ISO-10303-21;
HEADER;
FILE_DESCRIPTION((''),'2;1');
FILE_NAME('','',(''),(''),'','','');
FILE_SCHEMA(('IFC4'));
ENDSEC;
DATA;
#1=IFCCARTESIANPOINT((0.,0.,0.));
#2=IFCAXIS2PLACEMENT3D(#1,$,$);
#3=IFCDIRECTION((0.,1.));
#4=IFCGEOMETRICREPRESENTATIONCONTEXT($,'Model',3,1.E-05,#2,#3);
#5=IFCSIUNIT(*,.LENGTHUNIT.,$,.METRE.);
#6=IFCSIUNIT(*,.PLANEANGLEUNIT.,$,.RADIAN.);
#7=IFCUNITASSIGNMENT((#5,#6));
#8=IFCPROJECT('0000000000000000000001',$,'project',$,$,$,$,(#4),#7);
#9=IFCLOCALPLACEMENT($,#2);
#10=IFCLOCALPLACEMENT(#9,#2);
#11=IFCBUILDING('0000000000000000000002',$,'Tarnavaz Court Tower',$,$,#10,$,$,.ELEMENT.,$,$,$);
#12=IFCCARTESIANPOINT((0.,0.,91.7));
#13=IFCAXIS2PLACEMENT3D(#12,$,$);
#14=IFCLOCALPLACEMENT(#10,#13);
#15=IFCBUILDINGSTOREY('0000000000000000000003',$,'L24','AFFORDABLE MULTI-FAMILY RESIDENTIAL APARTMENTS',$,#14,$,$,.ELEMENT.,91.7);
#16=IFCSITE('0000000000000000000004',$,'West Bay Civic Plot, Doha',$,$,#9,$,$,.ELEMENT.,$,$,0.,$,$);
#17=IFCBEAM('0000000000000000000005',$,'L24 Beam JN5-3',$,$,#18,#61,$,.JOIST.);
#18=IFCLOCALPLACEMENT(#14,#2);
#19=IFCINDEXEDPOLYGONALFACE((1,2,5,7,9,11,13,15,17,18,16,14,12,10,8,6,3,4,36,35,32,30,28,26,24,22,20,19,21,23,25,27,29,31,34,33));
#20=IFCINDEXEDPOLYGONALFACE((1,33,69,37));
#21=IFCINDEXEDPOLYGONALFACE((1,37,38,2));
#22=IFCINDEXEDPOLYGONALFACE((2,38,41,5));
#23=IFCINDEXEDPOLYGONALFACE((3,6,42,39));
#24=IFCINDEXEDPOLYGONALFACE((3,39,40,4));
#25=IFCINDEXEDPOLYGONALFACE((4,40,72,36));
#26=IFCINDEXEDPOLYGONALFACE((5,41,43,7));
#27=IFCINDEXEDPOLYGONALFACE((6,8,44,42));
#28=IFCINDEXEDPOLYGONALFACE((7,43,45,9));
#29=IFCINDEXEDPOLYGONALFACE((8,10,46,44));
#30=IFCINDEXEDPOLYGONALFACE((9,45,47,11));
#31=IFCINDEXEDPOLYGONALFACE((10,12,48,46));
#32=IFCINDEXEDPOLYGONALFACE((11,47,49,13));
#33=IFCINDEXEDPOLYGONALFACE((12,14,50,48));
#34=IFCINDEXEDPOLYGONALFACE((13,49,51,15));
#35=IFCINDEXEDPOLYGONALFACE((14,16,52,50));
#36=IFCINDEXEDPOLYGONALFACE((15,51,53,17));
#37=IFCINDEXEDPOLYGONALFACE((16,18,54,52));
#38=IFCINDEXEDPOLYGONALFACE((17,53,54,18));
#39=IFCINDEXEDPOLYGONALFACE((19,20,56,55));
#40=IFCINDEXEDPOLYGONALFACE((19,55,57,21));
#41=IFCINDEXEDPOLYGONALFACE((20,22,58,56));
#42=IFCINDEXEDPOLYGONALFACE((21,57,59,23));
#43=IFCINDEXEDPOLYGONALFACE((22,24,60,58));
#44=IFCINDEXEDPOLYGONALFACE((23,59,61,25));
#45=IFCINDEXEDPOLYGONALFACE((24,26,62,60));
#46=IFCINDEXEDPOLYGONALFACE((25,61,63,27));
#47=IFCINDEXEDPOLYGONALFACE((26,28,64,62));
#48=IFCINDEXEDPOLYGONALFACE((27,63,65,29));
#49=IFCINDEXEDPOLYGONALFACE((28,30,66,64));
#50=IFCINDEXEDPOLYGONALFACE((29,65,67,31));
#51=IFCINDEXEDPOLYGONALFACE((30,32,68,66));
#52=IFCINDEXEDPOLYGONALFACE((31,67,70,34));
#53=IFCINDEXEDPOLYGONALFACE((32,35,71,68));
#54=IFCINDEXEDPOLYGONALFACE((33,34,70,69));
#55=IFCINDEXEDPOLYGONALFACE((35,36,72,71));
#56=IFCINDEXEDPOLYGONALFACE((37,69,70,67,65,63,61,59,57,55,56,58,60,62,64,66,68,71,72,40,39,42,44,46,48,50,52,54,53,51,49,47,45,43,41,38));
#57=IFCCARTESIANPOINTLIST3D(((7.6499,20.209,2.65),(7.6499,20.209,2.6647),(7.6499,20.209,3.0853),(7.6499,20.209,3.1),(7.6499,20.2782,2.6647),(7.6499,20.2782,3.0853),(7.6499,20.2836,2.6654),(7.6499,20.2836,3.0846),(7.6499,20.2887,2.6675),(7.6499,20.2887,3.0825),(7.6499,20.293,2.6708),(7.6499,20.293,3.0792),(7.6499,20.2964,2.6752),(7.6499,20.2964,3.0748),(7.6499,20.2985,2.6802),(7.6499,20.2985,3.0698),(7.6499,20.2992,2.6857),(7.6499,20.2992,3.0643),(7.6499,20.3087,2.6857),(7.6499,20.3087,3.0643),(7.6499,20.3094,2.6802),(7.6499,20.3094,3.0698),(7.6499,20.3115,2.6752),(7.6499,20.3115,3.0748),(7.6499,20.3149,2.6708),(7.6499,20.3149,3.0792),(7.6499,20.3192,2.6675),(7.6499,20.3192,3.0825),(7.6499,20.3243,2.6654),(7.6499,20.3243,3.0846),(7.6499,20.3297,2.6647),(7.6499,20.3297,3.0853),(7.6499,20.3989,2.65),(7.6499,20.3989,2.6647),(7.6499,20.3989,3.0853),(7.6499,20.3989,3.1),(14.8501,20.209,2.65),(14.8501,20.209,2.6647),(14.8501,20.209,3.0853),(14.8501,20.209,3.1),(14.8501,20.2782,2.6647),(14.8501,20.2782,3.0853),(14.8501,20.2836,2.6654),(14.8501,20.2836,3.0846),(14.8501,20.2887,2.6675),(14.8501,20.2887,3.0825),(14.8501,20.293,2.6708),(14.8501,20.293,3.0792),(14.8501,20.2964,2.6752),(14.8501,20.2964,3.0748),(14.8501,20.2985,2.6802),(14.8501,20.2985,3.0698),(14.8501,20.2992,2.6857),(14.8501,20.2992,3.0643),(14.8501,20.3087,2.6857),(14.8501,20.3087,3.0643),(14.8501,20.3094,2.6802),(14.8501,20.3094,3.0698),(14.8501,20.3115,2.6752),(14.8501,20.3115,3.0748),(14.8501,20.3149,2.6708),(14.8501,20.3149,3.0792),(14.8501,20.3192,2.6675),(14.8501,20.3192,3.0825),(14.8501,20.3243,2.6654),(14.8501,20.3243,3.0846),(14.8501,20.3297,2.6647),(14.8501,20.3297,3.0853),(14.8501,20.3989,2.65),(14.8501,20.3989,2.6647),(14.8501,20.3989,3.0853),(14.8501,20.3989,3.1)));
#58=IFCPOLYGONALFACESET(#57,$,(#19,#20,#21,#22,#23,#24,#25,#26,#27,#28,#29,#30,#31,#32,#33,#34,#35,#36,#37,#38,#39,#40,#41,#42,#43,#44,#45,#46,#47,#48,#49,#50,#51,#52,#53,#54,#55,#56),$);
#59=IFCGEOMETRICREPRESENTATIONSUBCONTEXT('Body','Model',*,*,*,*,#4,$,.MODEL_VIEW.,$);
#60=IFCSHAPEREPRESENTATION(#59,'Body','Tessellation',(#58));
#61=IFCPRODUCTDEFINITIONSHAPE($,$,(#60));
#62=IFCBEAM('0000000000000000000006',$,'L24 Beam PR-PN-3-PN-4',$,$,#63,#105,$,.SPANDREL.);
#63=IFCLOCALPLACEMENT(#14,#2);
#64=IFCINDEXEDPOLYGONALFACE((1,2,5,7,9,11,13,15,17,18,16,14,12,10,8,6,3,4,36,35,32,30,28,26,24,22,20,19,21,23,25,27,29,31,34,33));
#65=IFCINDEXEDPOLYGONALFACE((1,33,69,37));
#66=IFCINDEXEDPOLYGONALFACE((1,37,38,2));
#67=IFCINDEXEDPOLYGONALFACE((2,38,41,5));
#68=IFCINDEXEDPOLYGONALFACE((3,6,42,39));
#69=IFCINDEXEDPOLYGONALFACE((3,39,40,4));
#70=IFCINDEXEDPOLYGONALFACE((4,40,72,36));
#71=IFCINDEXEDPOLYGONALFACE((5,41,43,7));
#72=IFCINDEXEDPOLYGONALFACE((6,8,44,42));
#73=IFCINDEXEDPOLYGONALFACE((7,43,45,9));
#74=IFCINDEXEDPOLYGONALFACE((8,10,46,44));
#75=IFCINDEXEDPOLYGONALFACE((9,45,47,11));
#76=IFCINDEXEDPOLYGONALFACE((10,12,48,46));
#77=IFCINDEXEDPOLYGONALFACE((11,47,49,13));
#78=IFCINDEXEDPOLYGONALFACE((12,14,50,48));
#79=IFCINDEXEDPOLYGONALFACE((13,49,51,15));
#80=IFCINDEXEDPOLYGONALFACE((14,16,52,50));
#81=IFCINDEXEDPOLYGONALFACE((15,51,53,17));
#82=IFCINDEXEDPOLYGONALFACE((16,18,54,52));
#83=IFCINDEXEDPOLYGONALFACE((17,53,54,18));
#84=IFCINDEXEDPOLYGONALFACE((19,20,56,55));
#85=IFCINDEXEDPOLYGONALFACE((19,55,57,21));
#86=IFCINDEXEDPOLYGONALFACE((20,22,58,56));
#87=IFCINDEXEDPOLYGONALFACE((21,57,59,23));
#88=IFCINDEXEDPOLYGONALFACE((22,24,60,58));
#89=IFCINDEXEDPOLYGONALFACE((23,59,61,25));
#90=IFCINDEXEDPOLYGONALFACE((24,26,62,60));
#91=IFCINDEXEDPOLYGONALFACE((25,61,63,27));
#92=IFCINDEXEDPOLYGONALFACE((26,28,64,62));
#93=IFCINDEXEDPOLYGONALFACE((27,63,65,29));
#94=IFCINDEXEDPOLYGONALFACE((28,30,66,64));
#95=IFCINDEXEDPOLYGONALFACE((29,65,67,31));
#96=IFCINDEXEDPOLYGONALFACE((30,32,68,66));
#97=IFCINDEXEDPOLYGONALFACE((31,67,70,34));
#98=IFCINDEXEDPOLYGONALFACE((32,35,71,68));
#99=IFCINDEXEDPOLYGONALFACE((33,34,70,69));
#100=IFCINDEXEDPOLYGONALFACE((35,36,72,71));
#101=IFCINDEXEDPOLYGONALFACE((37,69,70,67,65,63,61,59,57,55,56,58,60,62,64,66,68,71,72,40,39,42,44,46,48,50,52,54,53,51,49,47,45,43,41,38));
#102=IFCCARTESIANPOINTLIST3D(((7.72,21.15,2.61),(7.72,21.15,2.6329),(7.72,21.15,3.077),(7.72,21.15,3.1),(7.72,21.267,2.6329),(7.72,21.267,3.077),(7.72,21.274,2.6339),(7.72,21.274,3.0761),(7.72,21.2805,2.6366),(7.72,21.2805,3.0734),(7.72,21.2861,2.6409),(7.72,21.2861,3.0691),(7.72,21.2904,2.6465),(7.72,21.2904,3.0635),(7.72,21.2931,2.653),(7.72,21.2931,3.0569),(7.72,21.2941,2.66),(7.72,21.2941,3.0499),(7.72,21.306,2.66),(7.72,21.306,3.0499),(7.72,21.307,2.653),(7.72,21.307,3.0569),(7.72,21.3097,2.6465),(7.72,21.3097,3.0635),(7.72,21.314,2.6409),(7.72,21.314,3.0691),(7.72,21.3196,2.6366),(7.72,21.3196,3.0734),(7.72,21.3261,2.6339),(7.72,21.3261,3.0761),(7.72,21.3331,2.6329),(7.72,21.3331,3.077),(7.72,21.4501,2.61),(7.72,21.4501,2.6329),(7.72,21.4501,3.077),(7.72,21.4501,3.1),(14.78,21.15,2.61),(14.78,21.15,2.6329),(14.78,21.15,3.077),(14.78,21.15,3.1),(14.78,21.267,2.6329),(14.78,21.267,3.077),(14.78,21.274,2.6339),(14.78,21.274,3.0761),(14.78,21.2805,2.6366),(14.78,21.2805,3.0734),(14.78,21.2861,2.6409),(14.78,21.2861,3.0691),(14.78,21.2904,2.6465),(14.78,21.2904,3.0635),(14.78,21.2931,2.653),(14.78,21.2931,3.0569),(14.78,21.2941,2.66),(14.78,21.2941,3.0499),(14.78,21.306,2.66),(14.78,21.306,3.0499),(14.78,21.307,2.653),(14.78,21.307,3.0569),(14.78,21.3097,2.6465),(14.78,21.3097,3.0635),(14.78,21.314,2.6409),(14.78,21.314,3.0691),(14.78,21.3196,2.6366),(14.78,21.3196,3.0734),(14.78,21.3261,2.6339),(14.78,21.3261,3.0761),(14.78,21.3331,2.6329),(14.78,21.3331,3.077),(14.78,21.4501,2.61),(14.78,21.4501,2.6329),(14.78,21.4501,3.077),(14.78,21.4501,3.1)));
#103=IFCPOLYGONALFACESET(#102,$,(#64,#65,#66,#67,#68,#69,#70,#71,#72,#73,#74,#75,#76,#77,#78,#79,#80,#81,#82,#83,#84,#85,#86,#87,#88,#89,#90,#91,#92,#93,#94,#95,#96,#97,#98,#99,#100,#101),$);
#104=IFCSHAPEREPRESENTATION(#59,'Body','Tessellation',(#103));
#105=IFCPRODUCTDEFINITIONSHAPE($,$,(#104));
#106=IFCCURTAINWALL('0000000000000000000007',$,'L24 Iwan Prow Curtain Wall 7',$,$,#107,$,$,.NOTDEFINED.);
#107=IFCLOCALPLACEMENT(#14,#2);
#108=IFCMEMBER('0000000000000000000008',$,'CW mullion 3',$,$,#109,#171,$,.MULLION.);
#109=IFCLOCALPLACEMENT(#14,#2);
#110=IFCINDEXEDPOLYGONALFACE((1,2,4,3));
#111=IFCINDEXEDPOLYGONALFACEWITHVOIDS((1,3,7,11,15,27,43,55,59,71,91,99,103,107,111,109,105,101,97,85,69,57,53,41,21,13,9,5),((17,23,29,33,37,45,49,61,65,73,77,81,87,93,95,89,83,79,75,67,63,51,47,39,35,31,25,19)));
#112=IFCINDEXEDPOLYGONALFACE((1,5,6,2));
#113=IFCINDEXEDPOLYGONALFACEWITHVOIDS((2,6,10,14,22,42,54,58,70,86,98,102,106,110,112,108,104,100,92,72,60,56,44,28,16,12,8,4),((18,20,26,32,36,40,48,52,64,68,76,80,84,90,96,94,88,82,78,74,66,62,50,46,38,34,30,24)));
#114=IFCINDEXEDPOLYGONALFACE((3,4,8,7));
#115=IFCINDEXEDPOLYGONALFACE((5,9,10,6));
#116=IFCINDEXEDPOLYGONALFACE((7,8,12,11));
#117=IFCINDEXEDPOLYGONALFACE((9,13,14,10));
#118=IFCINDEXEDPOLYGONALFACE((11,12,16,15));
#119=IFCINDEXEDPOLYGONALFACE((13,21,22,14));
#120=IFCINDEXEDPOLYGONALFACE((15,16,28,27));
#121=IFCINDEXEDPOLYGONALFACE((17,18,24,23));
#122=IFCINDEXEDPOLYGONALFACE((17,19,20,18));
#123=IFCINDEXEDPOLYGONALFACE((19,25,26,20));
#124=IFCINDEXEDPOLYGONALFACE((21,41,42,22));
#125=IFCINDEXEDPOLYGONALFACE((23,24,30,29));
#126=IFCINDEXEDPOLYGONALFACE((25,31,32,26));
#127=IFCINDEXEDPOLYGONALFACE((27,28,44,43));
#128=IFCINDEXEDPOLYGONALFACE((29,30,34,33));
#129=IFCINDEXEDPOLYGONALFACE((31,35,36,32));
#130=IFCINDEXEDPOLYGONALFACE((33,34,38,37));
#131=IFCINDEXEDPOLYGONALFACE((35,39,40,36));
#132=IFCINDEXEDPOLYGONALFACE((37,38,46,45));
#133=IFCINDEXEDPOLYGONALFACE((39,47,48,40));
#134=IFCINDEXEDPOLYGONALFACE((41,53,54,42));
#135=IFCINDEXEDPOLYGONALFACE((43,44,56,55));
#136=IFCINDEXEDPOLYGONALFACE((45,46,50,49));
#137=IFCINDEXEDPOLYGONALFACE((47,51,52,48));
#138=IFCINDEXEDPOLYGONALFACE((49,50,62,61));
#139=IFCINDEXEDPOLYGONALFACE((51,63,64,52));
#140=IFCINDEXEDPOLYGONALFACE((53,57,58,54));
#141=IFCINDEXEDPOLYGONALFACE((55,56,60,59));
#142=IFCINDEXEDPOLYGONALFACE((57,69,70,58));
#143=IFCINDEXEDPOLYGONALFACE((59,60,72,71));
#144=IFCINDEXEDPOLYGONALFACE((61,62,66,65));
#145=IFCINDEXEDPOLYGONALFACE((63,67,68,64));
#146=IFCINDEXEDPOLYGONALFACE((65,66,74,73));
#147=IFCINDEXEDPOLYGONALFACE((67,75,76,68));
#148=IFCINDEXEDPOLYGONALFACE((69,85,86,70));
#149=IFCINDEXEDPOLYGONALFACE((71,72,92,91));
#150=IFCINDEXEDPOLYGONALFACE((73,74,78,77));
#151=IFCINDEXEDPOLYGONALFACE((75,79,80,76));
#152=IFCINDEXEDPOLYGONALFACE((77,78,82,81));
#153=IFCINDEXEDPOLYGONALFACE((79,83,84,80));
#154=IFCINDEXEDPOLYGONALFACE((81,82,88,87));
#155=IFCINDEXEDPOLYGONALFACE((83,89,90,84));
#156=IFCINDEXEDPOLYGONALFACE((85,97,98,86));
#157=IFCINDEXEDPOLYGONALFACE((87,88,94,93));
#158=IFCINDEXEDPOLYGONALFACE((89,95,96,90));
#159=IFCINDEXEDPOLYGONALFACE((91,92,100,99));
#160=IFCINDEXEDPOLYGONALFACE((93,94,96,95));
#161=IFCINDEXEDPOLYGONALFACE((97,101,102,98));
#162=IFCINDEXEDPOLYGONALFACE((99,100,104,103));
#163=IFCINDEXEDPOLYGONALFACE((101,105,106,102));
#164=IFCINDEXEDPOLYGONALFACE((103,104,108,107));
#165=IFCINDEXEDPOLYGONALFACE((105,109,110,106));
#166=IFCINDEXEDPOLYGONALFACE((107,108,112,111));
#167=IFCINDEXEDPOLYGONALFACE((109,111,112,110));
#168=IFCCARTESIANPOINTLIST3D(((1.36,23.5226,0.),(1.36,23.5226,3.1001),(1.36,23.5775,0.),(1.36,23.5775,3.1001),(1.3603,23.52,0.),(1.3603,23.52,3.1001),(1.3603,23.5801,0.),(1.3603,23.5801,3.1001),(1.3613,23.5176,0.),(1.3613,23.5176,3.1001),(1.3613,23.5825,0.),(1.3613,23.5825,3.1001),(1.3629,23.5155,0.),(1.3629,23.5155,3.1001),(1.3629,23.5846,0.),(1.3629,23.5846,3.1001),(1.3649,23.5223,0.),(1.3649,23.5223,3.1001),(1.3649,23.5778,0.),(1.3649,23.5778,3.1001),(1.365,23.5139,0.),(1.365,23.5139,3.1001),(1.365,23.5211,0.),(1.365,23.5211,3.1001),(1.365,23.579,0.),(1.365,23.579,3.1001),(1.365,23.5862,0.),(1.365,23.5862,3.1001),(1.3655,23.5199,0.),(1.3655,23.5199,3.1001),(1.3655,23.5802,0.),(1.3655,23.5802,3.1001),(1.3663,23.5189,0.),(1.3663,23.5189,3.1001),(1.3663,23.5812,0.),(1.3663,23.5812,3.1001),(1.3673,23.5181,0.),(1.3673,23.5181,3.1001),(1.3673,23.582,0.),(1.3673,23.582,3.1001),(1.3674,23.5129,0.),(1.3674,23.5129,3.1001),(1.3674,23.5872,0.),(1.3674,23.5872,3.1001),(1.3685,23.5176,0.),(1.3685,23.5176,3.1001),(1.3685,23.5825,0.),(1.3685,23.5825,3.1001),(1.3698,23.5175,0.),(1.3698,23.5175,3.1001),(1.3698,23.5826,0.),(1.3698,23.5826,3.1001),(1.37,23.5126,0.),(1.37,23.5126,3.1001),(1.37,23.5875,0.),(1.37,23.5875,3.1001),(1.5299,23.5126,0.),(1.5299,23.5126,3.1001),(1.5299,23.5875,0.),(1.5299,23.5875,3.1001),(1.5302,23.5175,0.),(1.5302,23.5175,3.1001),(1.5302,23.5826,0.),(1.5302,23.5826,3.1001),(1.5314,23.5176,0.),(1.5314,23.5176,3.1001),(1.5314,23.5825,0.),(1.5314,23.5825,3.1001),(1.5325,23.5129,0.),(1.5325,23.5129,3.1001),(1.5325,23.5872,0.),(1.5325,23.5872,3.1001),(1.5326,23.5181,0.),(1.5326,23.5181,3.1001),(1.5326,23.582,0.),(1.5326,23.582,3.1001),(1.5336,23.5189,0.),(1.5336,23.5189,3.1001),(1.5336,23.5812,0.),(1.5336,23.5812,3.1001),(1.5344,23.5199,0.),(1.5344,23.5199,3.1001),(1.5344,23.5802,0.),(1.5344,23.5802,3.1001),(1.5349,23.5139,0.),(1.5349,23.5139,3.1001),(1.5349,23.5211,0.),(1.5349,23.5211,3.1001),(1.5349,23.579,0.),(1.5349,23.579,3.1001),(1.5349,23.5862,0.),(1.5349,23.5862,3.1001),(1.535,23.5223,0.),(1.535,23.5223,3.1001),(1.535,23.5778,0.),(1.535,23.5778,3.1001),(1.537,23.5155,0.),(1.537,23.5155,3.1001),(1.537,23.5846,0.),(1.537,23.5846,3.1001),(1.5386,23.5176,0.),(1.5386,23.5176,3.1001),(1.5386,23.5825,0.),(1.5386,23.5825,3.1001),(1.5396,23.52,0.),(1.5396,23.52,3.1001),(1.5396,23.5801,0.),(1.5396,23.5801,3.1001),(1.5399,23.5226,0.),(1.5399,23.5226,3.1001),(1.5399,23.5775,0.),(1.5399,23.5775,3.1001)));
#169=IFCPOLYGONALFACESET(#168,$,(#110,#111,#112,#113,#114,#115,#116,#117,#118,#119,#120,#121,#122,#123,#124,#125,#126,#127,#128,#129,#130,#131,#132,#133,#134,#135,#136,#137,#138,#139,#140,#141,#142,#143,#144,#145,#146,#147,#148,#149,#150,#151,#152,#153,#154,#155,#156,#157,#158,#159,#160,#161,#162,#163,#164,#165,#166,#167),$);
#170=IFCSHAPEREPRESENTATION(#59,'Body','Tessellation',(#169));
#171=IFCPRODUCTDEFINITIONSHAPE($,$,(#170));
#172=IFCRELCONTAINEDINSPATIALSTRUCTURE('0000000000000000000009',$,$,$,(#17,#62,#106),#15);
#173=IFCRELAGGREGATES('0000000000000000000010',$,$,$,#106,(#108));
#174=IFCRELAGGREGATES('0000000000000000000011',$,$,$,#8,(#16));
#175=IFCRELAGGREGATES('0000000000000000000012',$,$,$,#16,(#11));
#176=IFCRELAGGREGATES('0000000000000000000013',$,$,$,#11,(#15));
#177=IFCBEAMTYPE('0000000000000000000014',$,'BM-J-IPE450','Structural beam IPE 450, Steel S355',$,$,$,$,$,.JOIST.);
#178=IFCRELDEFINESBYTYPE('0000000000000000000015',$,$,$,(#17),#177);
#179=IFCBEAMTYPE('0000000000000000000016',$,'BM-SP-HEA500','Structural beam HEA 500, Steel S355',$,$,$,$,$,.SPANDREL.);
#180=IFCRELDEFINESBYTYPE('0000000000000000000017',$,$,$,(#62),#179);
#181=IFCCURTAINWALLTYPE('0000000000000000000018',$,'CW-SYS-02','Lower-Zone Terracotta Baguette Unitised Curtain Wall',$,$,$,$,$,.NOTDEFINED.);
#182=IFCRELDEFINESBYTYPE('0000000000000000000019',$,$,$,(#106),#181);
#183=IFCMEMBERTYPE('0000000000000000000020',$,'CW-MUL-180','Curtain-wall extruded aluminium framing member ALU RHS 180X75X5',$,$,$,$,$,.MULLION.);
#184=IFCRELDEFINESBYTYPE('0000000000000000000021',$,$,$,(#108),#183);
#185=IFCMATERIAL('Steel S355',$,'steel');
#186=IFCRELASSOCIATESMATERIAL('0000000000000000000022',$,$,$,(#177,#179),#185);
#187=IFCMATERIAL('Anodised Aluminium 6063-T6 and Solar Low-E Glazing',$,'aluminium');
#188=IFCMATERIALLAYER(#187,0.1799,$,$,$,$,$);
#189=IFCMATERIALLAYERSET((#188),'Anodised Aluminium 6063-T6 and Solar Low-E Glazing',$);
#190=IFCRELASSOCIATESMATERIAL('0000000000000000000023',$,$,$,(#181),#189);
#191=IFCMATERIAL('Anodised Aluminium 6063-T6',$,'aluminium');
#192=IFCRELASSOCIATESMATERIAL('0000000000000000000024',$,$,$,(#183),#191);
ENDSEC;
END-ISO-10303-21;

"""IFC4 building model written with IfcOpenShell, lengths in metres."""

from ifc_helpers import new_model, si_unit, direction, frame, origin, origin_2d, place, context, subcontext, project, spatial, hollow_rectangle, i_section, extrude, material, layer, layer_set, material_profile, profile_set, type_object, element, aggregate, save


model = new_model("IFC4")

# Units and contexts
model_context = context("Model", 3, precision=1e-05, world=origin(), true_north=direction((0.0, 1.0)))
body_context = subcontext(model_context, "Body", "Model", "MODEL_VIEW")
ifc_project = project(units=[si_unit("LENGTHUNIT", "METRE"), si_unit("PLANEANGLEUNIT", "RADIAN")], contexts=[model_context])

# Site, building, storey
site_placement = place(None, origin())
site = spatial("IfcSite", under=ifc_project, at=site_placement, Name="West Bay Civic Plot, Doha", CompositionType="ELEMENT", RefElevation=0.0)
building_placement = place(site_placement, origin())
building = spatial("IfcBuilding", under=site, at=building_placement, Name="Tarnavaz Court Tower", CompositionType="ELEMENT")
storey_placement = place(building_placement, frame((0.0, 0.0, 91.7)))
storey = spatial("IfcBuildingStorey", under=building, at=storey_placement, Name="L24", Description="AFFORDABLE MULTI-FAMILY RESIDENTIAL APARTMENTS", CompositionType="ELEMENT", Elevation=91.7)

# Beams
ifc_material_1 = material(Name="Steel S355", Category="steel")
ifc_material_profile_1 = material_profile(ifc_material_1, i_section(OverallWidth=0.1899, OverallDepth=0.45, WebThickness=0.0095, FlangeThickness=0.0146, FilletRadius=0.021, at=origin_2d()), Name="IPE 450")
ifc_profile_set_1 = profile_set([ifc_material_profile_1], Name="Steel S355")
beam_type_1 = type_object("IfcBeamType", Name="BM-J-IPE450", Description="Structural beam IPE 450, Steel S355", PredefinedType="JOIST", material=ifc_profile_set_1)
for number, where, z_axis, x_axis, name in (
    (1, (7.6499, 20.304, 2.875), (1.0, 0.0, 0.0), (0.0, 1.0, 0.0), "L24 Beam JN5-3"),
):
    element("IfcBeam", number, at=place(storey_placement, frame(where, z_axis=z_axis, x_axis=x_axis)), inside=storey, type_object=beam_type_1, Name=name, PredefinedType="JOIST", context=body_context, shape_type="SweptSolid", body=[
        extrude(i_section(OverallWidth=0.1899, OverallDepth=0.45, WebThickness=0.0095, FlangeThickness=0.0146, FilletRadius=0.021, at=origin_2d()), origin(), (0.0, 0.0, 1.0), 7.2002),
    ])
ifc_material_profile_2 = material_profile(ifc_material_1, i_section(OverallWidth=0.3, OverallDepth=0.49, WebThickness=0.012, FlangeThickness=0.0229, FilletRadius=0.0271, at=origin_2d()), Name="HEA 500")
ifc_profile_set_2 = profile_set([ifc_material_profile_2], Name="Steel S355")
beam_type_2 = type_object("IfcBeamType", Name="BM-SP-HEA500", Description="Structural beam HEA 500, Steel S355", PredefinedType="SPANDREL", material=ifc_profile_set_2)
beam_placement = place(storey_placement, frame((7.72, 21.3, 2.855), z_axis=(1.0, 0.0, 0.0), x_axis=(0.0, 1.0, 0.0)))
element("IfcBeam", 2, at=beam_placement, inside=storey, type_object=beam_type_2, Name="L24 Beam PR-PN-3-PN-4", PredefinedType="SPANDREL", context=body_context, shape_type="SweptSolid", body=[
    extrude(i_section(OverallWidth=0.3, OverallDepth=0.49, WebThickness=0.012, FlangeThickness=0.0229, FilletRadius=0.0271, at=origin_2d()), origin(), (0.0, 0.0, 1.0), 7.0601),
])

# Curtain wall, member
ifc_material_2 = material(Name="Anodised Aluminium 6063-T6 and Solar Low-E Glazing", Category="aluminium")
ifc_layer_1 = layer(ifc_material_2, 0.1799)
ifc_layer_set_1 = layer_set([ifc_layer_1], Name="Anodised Aluminium 6063-T6 and Solar Low-E Glazing")
curtain_wall_type = type_object("IfcCurtainWallType", Name="CW-SYS-02", Description="Lower-Zone Terracotta Baguette Unitised Curtain Wall", PredefinedType="NOTDEFINED", material=ifc_layer_set_1)
curtain_wall_placement = place(storey_placement, origin())
curtain_wall = element("IfcCurtainWall", 3, at=curtain_wall_placement, inside=storey, type_object=curtain_wall_type, Name="L24 Iwan Prow Curtain Wall 7", PredefinedType="NOTDEFINED")
ifc_material_3 = material(Name="Anodised Aluminium 6063-T6", Category="aluminium")
ifc_material_profile_3 = material_profile(ifc_material_3, hollow_rectangle(XDim=0.075, YDim=0.1799, WallThickness=0.0049, InnerFilletRadius=0.0049, OuterFilletRadius=0.01, at=origin_2d()), Name="ALU RHS 180X75X5")
ifc_profile_set_3 = profile_set([ifc_material_profile_3], Name="Anodised Aluminium 6063-T6")
member_type_1 = type_object("IfcMemberType", Name="CW-MUL-180", Description="Curtain-wall extruded aluminium framing member ALU RHS 180X75X5", PredefinedType="MULLION", material=ifc_profile_set_3)
member_1_placement = place(storey_placement, frame((1.45, 23.55, 0.0), z_axis=(0.0, 0.0, 1.0), x_axis=(0.0, 1.0, 0.0)))
member_1 = element("IfcMember", 4, at=member_1_placement, type_object=member_type_1, Name="CW mullion 3", PredefinedType="MULLION", context=body_context, shape_type="SweptSolid", body=[
    extrude(hollow_rectangle(XDim=0.075, YDim=0.1799, WallThickness=0.0049, InnerFilletRadius=0.0049, OuterFilletRadius=0.01, at=origin_2d()), origin(), (0.0, 0.0, 1.0), 3.1001),
])
aggregate(curtain_wall, [member_1])

save(model, "model.ifc")
